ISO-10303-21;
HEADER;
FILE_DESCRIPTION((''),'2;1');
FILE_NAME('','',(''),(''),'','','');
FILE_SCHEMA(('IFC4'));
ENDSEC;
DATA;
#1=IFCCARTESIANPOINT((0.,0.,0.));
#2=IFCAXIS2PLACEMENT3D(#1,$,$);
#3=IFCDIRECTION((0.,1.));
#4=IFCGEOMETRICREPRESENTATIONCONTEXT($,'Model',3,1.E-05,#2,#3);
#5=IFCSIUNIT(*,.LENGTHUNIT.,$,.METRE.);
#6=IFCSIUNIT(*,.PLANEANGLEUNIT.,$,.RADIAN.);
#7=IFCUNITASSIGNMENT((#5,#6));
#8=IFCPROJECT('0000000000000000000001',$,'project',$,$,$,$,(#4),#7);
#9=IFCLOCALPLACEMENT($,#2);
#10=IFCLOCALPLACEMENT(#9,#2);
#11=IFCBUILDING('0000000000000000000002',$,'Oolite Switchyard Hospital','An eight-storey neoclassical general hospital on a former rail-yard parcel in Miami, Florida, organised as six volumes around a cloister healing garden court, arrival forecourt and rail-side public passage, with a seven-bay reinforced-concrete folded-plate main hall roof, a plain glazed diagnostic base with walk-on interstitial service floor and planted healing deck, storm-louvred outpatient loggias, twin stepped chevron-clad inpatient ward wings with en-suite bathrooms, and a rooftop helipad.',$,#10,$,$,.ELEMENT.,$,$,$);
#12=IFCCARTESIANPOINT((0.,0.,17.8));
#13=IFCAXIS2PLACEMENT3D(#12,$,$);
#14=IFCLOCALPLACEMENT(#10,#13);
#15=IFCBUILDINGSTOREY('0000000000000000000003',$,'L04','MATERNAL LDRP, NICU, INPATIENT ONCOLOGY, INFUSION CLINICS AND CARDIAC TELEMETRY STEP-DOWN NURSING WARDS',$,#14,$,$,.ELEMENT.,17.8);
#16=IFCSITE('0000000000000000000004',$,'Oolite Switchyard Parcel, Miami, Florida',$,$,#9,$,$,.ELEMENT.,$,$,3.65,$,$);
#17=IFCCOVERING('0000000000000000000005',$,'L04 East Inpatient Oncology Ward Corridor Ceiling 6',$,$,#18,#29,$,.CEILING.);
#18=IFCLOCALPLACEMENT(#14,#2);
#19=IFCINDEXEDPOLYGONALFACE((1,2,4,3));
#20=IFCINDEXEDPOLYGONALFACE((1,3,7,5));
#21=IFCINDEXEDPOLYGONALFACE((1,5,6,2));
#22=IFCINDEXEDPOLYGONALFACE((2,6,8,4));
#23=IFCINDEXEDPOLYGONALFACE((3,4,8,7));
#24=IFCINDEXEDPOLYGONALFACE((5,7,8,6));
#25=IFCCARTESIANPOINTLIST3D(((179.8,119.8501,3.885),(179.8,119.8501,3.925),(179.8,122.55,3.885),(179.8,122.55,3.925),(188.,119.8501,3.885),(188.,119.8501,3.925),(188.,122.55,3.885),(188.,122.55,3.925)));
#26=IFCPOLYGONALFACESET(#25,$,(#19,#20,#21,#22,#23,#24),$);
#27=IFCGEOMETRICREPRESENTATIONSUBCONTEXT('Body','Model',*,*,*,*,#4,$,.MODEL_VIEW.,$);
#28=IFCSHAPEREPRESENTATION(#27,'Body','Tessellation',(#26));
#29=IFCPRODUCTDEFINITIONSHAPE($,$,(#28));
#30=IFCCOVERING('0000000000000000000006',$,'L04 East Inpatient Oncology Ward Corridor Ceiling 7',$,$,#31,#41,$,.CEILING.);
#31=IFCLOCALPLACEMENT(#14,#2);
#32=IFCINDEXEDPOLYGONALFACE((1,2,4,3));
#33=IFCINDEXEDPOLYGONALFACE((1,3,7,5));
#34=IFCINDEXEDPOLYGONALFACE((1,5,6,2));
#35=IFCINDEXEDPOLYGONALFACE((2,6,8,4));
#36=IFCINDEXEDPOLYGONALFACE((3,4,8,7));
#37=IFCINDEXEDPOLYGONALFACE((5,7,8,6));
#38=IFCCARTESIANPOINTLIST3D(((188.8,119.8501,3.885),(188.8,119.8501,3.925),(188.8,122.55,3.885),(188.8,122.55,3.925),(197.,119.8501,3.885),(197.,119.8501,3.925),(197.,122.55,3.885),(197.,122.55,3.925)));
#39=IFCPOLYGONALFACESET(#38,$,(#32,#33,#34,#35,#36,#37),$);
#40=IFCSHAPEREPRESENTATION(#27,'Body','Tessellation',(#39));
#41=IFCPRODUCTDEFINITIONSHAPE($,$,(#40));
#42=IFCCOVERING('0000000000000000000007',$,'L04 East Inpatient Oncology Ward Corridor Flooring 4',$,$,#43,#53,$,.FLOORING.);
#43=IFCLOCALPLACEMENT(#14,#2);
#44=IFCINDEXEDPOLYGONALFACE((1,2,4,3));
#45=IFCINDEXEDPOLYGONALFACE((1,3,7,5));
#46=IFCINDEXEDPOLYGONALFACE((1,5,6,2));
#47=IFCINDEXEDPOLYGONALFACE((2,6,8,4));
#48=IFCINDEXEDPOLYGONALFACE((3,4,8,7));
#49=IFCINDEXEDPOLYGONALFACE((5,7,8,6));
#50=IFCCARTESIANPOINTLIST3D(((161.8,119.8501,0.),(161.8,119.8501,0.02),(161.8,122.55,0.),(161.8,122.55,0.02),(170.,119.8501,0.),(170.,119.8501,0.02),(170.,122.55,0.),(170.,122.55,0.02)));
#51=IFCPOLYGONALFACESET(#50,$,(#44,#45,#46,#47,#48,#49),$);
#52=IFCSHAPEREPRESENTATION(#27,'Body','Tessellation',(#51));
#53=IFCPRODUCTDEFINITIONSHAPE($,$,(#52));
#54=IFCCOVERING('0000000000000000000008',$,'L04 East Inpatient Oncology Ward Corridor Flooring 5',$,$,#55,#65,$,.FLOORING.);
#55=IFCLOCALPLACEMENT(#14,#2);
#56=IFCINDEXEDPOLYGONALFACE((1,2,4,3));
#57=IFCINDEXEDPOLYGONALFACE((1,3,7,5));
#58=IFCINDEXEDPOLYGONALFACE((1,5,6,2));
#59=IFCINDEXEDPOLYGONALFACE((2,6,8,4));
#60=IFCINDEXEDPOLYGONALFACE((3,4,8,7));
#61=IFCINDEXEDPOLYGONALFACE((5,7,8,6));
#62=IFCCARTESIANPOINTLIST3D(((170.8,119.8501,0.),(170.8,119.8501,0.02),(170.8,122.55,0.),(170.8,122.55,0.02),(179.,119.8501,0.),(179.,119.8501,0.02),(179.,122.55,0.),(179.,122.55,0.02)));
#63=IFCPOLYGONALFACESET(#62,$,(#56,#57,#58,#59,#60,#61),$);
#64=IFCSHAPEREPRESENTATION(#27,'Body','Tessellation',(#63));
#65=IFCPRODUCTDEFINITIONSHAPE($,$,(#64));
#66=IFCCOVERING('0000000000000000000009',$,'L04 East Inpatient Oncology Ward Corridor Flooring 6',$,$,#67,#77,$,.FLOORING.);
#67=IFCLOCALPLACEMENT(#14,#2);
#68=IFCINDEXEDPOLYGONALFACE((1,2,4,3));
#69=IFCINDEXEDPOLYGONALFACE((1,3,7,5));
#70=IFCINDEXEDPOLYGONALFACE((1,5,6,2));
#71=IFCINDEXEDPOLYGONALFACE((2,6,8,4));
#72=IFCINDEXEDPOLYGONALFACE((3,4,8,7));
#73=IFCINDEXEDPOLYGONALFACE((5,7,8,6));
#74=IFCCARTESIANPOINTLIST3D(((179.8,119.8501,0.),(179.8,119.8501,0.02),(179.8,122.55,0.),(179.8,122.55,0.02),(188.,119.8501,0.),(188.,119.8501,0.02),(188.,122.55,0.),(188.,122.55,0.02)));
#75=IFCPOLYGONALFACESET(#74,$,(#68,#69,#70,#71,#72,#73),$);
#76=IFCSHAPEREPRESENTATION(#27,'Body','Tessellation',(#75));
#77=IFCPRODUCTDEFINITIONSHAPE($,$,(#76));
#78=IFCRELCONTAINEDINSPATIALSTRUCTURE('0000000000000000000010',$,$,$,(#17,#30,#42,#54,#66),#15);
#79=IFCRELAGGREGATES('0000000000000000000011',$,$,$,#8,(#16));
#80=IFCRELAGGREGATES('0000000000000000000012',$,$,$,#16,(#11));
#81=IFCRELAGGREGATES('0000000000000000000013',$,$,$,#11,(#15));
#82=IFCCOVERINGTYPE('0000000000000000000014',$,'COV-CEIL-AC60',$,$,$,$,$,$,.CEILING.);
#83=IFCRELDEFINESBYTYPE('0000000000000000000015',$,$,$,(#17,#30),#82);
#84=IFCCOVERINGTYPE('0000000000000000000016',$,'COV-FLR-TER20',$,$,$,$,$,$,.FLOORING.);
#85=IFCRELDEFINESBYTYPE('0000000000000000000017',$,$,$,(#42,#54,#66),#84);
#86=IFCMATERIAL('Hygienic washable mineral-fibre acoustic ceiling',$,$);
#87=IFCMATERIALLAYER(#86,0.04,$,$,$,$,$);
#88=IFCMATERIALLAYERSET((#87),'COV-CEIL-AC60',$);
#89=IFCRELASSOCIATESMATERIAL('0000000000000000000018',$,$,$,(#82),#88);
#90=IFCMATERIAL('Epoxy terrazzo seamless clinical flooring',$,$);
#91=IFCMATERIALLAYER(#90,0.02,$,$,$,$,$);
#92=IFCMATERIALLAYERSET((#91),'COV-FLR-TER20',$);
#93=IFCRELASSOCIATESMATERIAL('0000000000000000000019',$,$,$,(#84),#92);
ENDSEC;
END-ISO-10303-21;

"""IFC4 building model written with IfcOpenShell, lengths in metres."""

from ifc_helpers import new_model, si_unit, direction, frame, origin, place, context, subcontext, project, spatial, polyline, outline, extrude, material, layer, layer_set, type_object, element, save


model = new_model("IFC4")

# Units and contexts
model_context = context("Model", 3, precision=1e-05, world=origin(), true_north=direction((0.0, 1.0)))
body_context = subcontext(model_context, "Body", "Model", "MODEL_VIEW")
ifc_project = project(units=[si_unit("LENGTHUNIT", "METRE"), si_unit("PLANEANGLEUNIT", "RADIAN")], contexts=[model_context])

# Site, building, storey
site_placement = place(None, origin())
site = spatial("IfcSite", under=ifc_project, at=site_placement, Name="Oolite Switchyard Parcel, Miami, Florida", CompositionType="ELEMENT", RefElevation=3.65)
building_placement = place(site_placement, origin())
building = spatial("IfcBuilding", under=site, at=building_placement, Name="Oolite Switchyard Hospital", Description="An eight-storey neoclassical general hospital on a former rail-yard parcel in Miami, Florida, organised as six volumes around a cloister healing garden court, arrival forecourt and rail-side public passage, with a seven-bay reinforced-concrete folded-plate main hall roof, a plain glazed diagnostic base with walk-on interstitial service floor and planted healing deck, storm-louvred outpatient loggias, twin stepped chevron-clad inpatient ward wings with en-suite bathrooms, and a rooftop helipad.", CompositionType="ELEMENT")
storey_placement = place(building_placement, frame((0.0, 0.0, 17.8)))
storey = spatial("IfcBuildingStorey", under=building, at=storey_placement, Name="L04", Description="MATERNAL LDRP, NICU, INPATIENT ONCOLOGY, INFUSION CLINICS AND CARDIAC TELEMETRY STEP-DOWN NURSING WARDS", CompositionType="ELEMENT", Elevation=17.8)

# Coverings
ifc_material_1 = material(Name="Hygienic washable mineral-fibre acoustic ceiling")
ifc_layer_1 = layer(ifc_material_1, 0.04)
ifc_layer_set_1 = layer_set([ifc_layer_1], Name="COV-CEIL-AC60")
covering_type_1 = type_object("IfcCoveringType", Name="COV-CEIL-AC60", PredefinedType="CEILING", material=ifc_layer_set_1)
covering_1_placement = place(storey_placement, frame((0.0, 0.0, 3.885)))
element("IfcCovering", 1, at=covering_1_placement, inside=storey, type_object=covering_type_1, Name="L04 East Inpatient Oncology Ward Corridor Ceiling 6", PredefinedType="CEILING", context=body_context, shape_type="SweptSolid", body=[
    extrude(outline(polyline([(179.8, 119.8501), (188.0, 119.8501), (188.0, 122.55), (179.8, 122.55), (179.8, 119.8501)])), origin(), (0.0, 0.0, 1.0), 0.04),
])
covering_2_placement = place(storey_placement, frame((0.0, 0.0, 3.885)))
element("IfcCovering", 2, at=covering_2_placement, inside=storey, type_object=covering_type_1, Name="L04 East Inpatient Oncology Ward Corridor Ceiling 7", PredefinedType="CEILING", context=body_context, shape_type="SweptSolid", body=[
    extrude(outline(polyline([(188.8, 119.8501), (197.0, 119.8501), (197.0, 122.55), (188.8, 122.55), (188.8, 119.8501)])), origin(), (0.0, 0.0, 1.0), 0.04),
])
ifc_material_2 = material(Name="Epoxy terrazzo seamless clinical flooring")
ifc_layer_2 = layer(ifc_material_2, 0.02)
ifc_layer_set_2 = layer_set([ifc_layer_2], Name="COV-FLR-TER20")
covering_type_2 = type_object("IfcCoveringType", Name="COV-FLR-TER20", PredefinedType="FLOORING", material=ifc_layer_set_2)
covering_3_placement = place(storey_placement, origin())
element("IfcCovering", 3, at=covering_3_placement, inside=storey, type_object=covering_type_2, Name="L04 East Inpatient Oncology Ward Corridor Flooring 4", PredefinedType="FLOORING", context=body_context, shape_type="SweptSolid", body=[
    extrude(outline(polyline([(161.8, 119.8501), (170.0, 119.8501), (170.0, 122.55), (161.8, 122.55), (161.8, 119.8501)])), origin(), (0.0, 0.0, 1.0), 0.02),
])
covering_4_placement = place(storey_placement, origin())
element("IfcCovering", 4, at=covering_4_placement, inside=storey, type_object=covering_type_2, Name="L04 East Inpatient Oncology Ward Corridor Flooring 5", PredefinedType="FLOORING", context=body_context, shape_type="SweptSolid", body=[
    extrude(outline(polyline([(170.8, 119.8501), (179.0, 119.8501), (179.0, 122.55), (170.8, 122.55), (170.8, 119.8501)])), origin(), (0.0, 0.0, 1.0), 0.02),
])
covering_5_placement = place(storey_placement, origin())
element("IfcCovering", 5, at=covering_5_placement, inside=storey, type_object=covering_type_2, Name="L04 East Inpatient Oncology Ward Corridor Flooring 6", PredefinedType="FLOORING", context=body_context, shape_type="SweptSolid", body=[
    extrude(outline(polyline([(179.8, 119.8501), (188.0, 119.8501), (188.0, 122.55), (179.8, 122.55), (179.8, 119.8501)])), origin(), (0.0, 0.0, 1.0), 0.02),
])

save(model, "model.ifc")
